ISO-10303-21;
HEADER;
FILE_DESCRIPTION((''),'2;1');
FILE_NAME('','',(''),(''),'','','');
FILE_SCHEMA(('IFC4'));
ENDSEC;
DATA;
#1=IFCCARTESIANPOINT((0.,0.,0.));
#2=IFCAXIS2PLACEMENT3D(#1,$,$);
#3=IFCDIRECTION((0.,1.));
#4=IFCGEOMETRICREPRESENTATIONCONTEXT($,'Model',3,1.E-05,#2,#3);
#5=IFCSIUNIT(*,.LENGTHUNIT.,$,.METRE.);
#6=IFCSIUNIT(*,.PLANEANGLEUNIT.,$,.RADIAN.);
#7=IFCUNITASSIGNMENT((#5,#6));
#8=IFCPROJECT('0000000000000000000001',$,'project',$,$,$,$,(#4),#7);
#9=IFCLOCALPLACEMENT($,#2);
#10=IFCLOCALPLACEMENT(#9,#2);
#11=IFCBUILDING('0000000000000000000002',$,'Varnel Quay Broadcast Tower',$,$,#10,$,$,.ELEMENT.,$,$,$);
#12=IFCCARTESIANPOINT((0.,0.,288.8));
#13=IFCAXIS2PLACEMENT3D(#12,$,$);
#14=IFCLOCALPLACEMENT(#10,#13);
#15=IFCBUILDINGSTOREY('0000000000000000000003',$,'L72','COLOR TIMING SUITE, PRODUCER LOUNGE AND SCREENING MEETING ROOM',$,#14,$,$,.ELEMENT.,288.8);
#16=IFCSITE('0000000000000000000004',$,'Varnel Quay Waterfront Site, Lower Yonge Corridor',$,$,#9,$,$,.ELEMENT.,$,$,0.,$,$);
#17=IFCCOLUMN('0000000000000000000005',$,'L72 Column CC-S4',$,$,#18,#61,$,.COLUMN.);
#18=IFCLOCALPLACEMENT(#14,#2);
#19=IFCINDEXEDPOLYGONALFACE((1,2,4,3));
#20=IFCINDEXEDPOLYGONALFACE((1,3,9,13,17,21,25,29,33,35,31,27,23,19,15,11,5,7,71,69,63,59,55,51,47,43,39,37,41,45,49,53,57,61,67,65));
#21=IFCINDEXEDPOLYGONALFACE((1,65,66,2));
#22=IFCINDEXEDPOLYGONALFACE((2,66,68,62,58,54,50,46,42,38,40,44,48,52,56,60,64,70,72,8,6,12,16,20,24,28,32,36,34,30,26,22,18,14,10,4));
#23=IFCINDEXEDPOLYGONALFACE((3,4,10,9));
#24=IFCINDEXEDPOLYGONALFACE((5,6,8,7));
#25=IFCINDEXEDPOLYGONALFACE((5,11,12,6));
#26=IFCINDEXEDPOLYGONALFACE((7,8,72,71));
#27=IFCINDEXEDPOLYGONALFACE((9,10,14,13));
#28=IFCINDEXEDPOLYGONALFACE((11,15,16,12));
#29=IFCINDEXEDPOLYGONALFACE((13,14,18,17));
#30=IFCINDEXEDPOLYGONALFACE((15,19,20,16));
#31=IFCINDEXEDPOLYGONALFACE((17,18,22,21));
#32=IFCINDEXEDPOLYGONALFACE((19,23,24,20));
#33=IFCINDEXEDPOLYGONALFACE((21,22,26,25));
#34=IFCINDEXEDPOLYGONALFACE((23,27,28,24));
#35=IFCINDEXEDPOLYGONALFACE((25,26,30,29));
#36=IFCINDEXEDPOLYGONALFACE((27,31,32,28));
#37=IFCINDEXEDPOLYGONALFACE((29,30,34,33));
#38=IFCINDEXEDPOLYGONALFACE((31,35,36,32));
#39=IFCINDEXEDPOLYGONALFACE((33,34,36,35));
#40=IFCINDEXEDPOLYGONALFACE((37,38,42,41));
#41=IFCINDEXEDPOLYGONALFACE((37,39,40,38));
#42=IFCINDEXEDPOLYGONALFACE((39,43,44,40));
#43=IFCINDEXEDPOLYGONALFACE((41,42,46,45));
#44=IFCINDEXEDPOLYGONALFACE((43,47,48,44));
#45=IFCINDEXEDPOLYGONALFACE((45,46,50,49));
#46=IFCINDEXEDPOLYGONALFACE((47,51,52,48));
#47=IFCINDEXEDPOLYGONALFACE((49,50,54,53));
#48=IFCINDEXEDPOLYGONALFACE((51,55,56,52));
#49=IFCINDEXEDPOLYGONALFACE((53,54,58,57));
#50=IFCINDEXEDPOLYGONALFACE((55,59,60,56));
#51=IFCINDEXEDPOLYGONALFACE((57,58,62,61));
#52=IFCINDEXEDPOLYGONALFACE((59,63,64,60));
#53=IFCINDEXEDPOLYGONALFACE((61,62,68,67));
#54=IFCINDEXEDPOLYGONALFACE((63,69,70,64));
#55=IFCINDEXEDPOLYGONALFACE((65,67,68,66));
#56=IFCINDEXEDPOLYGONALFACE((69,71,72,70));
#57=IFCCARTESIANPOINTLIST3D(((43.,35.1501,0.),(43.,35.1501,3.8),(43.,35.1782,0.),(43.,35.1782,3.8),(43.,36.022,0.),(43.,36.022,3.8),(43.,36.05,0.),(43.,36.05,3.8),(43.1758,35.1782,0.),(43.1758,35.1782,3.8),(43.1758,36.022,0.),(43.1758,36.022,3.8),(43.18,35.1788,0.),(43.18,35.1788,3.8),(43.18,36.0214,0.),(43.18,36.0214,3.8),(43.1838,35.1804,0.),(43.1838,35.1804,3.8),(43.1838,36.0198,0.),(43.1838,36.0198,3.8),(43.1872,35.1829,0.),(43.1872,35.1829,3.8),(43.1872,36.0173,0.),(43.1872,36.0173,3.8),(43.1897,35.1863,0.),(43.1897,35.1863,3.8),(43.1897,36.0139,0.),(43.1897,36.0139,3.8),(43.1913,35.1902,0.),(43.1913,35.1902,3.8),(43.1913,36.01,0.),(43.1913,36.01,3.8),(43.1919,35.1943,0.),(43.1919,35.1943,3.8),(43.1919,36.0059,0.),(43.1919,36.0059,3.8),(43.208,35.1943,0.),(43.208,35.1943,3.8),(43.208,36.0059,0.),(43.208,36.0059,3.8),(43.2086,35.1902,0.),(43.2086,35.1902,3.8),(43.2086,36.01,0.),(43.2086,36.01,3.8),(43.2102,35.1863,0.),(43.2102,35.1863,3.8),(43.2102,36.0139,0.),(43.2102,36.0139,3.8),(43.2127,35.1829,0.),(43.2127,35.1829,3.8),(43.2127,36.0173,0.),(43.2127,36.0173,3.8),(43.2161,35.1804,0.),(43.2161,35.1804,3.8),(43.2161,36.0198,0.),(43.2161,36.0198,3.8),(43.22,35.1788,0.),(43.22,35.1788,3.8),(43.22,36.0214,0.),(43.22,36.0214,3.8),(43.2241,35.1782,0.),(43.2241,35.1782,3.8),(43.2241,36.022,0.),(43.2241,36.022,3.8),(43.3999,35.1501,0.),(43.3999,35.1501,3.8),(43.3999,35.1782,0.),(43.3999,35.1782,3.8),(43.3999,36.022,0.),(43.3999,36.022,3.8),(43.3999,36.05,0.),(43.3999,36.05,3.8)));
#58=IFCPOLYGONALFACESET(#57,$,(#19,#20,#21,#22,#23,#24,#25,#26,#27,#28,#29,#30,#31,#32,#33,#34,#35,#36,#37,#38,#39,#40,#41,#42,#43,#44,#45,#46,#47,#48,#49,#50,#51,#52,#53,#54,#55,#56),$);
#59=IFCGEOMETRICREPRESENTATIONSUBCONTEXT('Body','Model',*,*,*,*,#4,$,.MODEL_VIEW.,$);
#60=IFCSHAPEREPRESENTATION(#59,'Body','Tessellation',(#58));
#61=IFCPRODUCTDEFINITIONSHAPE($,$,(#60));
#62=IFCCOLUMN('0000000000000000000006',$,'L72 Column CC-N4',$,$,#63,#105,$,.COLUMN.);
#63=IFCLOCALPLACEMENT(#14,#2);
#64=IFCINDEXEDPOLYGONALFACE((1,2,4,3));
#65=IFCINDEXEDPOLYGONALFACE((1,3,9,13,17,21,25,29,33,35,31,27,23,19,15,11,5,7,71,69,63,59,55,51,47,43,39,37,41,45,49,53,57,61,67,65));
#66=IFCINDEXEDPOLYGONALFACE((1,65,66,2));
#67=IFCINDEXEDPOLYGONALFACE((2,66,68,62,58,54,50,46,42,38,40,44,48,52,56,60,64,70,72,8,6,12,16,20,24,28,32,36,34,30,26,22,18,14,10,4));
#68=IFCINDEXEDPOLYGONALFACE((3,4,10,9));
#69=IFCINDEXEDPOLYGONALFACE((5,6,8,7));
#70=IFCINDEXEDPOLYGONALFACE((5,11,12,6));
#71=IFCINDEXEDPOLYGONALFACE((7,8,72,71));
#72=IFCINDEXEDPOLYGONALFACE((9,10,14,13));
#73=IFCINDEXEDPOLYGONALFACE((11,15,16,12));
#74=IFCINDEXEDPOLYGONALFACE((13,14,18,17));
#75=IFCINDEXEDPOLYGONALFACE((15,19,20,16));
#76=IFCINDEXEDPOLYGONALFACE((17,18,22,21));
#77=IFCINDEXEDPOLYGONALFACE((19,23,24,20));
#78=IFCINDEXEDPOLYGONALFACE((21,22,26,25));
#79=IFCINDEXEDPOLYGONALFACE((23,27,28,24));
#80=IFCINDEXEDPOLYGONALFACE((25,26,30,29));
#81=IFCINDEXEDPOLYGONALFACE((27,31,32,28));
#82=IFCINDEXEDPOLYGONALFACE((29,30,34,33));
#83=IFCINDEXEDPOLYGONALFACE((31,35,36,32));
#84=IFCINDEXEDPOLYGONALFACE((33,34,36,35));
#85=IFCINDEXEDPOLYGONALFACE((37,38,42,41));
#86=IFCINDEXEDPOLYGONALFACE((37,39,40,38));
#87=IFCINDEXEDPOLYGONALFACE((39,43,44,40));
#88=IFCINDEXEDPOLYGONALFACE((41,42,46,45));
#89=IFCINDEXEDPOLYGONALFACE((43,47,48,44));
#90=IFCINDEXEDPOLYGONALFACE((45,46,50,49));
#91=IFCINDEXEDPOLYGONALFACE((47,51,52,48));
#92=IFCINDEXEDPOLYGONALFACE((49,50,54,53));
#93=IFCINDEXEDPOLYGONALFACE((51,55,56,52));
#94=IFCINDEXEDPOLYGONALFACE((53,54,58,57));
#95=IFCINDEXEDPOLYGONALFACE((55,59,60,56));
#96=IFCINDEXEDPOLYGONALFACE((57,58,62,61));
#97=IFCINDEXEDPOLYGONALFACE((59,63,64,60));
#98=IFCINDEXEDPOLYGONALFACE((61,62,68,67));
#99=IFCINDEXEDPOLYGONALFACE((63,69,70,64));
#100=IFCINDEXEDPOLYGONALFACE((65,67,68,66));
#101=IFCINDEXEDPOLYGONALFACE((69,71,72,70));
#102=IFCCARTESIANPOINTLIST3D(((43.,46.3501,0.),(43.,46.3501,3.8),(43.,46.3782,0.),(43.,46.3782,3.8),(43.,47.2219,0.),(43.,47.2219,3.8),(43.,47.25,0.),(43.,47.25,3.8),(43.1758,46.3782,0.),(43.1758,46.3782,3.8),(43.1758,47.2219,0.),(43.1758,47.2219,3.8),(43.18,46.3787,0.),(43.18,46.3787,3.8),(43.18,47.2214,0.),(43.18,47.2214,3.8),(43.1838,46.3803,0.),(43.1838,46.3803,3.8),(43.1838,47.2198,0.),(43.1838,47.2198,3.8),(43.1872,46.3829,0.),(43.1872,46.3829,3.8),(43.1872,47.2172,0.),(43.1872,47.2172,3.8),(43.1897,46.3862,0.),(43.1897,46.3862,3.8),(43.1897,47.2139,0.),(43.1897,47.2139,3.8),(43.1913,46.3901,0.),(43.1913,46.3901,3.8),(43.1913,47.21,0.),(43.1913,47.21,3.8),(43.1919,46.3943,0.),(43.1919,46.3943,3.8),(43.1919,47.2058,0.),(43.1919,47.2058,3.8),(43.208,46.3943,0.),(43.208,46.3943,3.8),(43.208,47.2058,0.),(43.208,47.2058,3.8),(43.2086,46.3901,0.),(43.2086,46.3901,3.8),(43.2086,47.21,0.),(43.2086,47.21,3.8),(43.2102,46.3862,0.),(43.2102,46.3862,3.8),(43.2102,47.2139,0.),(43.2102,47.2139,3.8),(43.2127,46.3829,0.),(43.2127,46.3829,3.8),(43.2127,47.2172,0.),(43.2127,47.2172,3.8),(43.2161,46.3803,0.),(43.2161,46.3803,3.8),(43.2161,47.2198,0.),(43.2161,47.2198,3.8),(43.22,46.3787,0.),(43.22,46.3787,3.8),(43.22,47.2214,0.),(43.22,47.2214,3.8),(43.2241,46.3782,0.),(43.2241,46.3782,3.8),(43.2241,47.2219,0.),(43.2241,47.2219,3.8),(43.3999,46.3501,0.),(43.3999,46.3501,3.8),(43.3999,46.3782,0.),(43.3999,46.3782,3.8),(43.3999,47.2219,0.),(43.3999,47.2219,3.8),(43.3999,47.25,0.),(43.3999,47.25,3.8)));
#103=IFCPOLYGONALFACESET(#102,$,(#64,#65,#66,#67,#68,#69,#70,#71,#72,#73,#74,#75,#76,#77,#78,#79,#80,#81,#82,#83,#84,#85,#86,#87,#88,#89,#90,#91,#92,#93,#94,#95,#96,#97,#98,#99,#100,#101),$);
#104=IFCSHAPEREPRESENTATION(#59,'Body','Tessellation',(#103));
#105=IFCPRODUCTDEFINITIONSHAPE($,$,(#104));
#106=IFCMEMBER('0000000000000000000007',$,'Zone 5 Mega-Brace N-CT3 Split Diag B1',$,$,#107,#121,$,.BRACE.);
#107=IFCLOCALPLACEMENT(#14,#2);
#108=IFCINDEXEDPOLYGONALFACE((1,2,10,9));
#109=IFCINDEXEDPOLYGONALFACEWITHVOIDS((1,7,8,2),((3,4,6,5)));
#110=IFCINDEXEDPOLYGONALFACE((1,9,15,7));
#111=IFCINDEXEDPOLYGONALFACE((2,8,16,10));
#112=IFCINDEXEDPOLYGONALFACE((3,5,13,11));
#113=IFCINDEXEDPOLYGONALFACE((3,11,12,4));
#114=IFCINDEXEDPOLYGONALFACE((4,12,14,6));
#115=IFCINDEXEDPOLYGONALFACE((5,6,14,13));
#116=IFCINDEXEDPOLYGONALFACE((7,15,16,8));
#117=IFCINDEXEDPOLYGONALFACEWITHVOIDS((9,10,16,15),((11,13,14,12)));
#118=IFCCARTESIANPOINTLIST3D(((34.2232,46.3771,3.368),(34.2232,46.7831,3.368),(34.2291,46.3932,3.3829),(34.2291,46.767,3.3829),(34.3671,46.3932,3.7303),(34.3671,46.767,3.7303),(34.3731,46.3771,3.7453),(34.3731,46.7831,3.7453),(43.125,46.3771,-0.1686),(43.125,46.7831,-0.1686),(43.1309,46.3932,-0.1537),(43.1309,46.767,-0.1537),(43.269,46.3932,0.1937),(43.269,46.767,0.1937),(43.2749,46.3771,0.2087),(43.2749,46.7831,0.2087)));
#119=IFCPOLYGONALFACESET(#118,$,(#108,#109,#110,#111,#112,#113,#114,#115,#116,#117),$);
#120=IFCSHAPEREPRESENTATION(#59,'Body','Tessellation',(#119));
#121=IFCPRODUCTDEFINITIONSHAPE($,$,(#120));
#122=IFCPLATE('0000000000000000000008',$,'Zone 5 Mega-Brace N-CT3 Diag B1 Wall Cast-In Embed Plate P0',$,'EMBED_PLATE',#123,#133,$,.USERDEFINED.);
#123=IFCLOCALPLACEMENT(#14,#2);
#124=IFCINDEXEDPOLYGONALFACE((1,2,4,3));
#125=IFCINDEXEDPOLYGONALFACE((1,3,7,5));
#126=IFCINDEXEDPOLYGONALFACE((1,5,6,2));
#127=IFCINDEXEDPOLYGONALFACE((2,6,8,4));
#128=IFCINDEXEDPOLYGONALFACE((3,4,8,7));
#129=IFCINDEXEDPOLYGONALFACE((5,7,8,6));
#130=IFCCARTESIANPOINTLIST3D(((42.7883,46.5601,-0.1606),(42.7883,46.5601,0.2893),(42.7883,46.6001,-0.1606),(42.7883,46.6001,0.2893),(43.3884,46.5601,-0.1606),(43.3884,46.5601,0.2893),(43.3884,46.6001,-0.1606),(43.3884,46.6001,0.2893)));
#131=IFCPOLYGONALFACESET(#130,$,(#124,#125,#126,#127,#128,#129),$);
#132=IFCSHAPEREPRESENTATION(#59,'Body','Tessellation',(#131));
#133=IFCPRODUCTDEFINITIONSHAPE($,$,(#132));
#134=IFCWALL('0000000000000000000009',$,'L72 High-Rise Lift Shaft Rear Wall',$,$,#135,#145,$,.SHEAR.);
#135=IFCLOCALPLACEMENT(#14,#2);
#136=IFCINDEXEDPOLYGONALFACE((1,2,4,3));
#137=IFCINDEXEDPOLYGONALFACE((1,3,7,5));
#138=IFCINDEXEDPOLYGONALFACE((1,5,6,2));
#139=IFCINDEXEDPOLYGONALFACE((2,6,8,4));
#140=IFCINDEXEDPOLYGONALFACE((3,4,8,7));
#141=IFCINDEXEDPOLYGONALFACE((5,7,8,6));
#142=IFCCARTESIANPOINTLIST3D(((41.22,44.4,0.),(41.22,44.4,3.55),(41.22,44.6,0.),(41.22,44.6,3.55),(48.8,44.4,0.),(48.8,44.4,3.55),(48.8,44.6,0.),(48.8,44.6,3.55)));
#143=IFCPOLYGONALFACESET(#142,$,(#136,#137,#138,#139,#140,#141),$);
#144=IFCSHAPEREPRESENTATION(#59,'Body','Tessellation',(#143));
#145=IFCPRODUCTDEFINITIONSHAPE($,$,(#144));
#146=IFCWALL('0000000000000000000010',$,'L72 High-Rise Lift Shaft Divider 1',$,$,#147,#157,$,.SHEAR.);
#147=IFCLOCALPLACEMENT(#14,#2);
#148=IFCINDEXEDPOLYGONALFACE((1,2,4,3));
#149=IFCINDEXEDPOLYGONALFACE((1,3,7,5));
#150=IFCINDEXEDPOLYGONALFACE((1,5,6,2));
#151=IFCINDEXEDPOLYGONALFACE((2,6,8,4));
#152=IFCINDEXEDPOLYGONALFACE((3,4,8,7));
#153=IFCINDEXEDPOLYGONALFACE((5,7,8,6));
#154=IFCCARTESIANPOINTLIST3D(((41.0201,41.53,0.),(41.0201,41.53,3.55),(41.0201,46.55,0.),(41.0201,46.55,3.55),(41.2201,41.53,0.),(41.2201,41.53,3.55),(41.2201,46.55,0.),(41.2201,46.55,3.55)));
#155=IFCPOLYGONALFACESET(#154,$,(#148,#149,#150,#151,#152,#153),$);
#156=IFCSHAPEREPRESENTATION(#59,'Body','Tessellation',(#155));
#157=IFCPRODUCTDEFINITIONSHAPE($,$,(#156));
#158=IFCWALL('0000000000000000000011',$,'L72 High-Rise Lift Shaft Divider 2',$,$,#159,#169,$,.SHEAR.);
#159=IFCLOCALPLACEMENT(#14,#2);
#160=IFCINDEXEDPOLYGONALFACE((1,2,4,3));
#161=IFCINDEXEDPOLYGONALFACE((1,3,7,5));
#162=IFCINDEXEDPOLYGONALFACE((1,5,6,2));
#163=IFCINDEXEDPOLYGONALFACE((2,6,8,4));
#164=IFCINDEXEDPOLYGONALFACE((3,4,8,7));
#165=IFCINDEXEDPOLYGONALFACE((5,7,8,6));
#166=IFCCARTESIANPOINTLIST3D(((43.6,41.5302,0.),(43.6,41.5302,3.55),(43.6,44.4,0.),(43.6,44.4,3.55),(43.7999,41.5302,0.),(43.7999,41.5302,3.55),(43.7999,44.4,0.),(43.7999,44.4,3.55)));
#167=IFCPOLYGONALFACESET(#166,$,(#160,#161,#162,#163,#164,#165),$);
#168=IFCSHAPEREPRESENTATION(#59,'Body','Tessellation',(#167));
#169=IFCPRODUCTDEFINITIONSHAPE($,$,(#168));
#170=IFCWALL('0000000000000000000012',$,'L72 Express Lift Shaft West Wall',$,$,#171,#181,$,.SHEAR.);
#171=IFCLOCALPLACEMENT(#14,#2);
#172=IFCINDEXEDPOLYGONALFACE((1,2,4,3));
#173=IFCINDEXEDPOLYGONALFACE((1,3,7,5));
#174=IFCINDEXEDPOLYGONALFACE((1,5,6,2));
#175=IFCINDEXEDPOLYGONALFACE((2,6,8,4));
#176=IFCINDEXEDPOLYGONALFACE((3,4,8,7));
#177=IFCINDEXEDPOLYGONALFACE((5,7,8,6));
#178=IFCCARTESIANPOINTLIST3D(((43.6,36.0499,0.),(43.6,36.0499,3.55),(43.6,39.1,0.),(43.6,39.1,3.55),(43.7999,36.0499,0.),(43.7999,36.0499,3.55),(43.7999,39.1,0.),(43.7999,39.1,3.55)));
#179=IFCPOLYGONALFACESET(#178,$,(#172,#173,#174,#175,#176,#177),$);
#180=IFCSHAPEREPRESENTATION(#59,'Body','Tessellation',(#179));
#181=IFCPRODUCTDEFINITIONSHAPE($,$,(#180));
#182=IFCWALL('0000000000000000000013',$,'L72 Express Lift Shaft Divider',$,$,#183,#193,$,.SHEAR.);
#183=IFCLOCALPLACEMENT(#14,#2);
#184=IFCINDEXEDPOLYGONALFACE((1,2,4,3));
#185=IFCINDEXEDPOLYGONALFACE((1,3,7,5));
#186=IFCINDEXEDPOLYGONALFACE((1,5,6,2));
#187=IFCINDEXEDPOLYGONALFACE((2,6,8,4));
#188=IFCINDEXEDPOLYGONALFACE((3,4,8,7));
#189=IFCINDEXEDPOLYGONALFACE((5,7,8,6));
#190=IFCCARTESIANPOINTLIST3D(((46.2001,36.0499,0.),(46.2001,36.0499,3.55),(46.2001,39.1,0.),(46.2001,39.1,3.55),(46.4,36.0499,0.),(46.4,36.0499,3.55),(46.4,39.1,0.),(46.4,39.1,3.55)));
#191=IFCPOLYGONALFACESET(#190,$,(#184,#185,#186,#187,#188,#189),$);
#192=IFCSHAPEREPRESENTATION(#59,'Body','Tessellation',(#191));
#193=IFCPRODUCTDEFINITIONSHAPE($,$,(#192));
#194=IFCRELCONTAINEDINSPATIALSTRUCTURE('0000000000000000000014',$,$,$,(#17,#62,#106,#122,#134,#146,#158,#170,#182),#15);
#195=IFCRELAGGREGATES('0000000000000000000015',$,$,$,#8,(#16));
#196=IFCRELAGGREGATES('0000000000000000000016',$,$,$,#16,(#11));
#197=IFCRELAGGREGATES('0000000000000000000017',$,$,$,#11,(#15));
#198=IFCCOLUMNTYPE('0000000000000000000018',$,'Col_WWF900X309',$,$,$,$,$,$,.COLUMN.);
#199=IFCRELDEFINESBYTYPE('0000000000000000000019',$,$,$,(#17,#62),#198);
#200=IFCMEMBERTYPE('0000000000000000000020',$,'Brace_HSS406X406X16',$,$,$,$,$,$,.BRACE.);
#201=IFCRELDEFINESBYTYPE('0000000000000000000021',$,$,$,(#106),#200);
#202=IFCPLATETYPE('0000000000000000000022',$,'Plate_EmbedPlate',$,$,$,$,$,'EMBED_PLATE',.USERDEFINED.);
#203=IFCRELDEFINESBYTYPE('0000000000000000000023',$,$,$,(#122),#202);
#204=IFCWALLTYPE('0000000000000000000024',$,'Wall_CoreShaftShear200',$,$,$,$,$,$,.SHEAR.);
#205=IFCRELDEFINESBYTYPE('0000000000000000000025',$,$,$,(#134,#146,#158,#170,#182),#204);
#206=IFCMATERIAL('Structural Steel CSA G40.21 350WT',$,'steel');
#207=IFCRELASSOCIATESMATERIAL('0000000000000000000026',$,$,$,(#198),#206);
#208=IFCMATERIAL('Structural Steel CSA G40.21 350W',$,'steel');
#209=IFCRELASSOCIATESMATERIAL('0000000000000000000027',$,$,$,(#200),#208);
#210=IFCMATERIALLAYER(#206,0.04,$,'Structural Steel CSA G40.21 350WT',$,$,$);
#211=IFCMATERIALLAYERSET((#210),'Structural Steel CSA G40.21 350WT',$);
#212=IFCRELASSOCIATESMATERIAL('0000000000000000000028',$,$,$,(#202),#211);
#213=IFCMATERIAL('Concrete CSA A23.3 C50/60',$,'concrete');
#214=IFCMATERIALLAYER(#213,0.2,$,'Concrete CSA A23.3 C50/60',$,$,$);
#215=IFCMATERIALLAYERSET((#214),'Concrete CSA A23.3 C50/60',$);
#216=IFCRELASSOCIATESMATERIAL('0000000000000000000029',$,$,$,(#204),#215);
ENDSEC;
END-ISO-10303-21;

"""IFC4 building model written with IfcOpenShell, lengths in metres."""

from ifc_helpers import new_model, si_unit, direction, frame, frame_2d, origin, origin_2d, place, context, subcontext, project, spatial, rectangle, hollow_rectangle, i_section, extrude, source, transform, mapped, material, layer, layer_set, material_profile, profile_set, type_object, type_shapes, element, save


model = new_model("IFC4")

# Units and contexts
model_context = context("Model", 3, precision=1e-05, world=origin(), true_north=direction((0.0, 1.0)))
body_context = subcontext(model_context, "Body", "Model", "MODEL_VIEW")
ifc_project = project(units=[si_unit("LENGTHUNIT", "METRE"), si_unit("PLANEANGLEUNIT", "RADIAN")], contexts=[model_context])

# Site, building, storey
site_placement = place(None, origin())
site = spatial("IfcSite", under=ifc_project, at=site_placement, Name="Varnel Quay Waterfront Site, Lower Yonge Corridor", CompositionType="ELEMENT", RefElevation=0.0)
building_placement = place(site_placement, origin())
building = spatial("IfcBuilding", under=site, at=building_placement, Name="Varnel Quay Broadcast Tower", CompositionType="ELEMENT")
storey_placement = place(building_placement, frame((0.0, 0.0, 288.8)))
storey = spatial("IfcBuildingStorey", under=building, at=storey_placement, Name="L72", Description="COLOR TIMING SUITE, PRODUCER LOUNGE AND SCREENING MEETING ROOM", CompositionType="ELEMENT", Elevation=288.8)

# Columns
ifc_material_1 = material(Name="Structural Steel CSA G40.21 350WT", Category="steel")
ifc_material_profile_1 = material_profile(ifc_material_1, i_section(OverallWidth=0.3999, OverallDepth=0.8999, WebThickness=0.0161, FlangeThickness=0.0281, FilletRadius=0.0161, at=origin_2d()), Name="WWF900X309")
ifc_profile_set_1 = profile_set([ifc_material_profile_1], Name="Structural Steel CSA G40.21 350WT")
column_type = type_object("IfcColumnType", Name="Col_WWF900X309", PredefinedType="COLUMN", material=ifc_profile_set_1)
shared_shape_1 = source(origin(), body_context, "Body", "SweptSolid", [
    extrude(i_section(OverallWidth=0.3999, OverallDepth=0.8999, WebThickness=0.0161, FlangeThickness=0.0281, FilletRadius=0.0161, at=origin_2d()), origin(), (0.0, 0.0, 1.0), 3.8),
])
type_shapes(column_type, [shared_shape_1])
for number, where, z_axis, x_axis, name in (
    (1, (43.2, 35.6001, 0.0), (0.0, 0.0, 1.0), (1.0, 0.0, 0.0), "L72 Column CC-S4"),
    (2, (43.2, 46.8, 0.0), (0.0, 0.0, 1.0), (1.0, 0.0, 0.0), "L72 Column CC-N4"),
):
    element("IfcColumn", number, at=place(storey_placement, frame(where, z_axis=z_axis, x_axis=x_axis)), inside=storey, type_object=column_type, Name=name, PredefinedType="COLUMN", context=body_context, shape_type="MappedRepresentation", body=[
        mapped(shared_shape_1, transform((0.0, 0.0, 0.0), x_axis=(1.0, 0.0, 0.0), y_axis=(0.0, 1.0, 0.0), z_axis=(0.0, 0.0, 1.0), scale=1.0)),
    ])

# Member
ifc_material_2 = material(Name="Structural Steel CSA G40.21 350W", Category="steel")
ifc_material_profile_2 = material_profile(ifc_material_2, hollow_rectangle(XDim=0.406, YDim=0.406, WallThickness=0.0161, at=origin_2d()), Name="HSS406X406X16")
ifc_profile_set_2 = profile_set([ifc_material_profile_2], Name="Structural Steel CSA G40.21 350W")
member_type = type_object("IfcMemberType", Name="Brace_HSS406X406X16", PredefinedType="BRACE", material=ifc_profile_set_2)
shared_shape_2 = source(origin(), body_context, "Body", "SweptSolid", [
    extrude(hollow_rectangle(XDim=0.406, YDim=0.406, WallThickness=0.0161, at=origin_2d()), origin(), (0.0, 0.0, 1.0), 9.5786),
])
type_shapes(member_type, [shared_shape_2])
member_placement = place(storey_placement, frame((43.2, 46.5801, 0.02), z_axis=(-0.929343, 0.0, 0.369219), x_axis=(0.0, -1.0, 0.0)))
element("IfcMember", 3, at=member_placement, inside=storey, type_object=member_type, Name="Zone 5 Mega-Brace N-CT3 Split Diag B1", PredefinedType="BRACE", context=body_context, shape_type="MappedRepresentation", body=[
    mapped(shared_shape_2, transform((0.0, 0.0, 0.0), x_axis=(1.0, 0.0, 0.0), y_axis=(0.0, 1.0, 0.0), z_axis=(0.0, 0.0, 1.0), scale=1.0)),
])

# Plate
ifc_layer_1 = layer(ifc_material_1, 0.04, Name="Structural Steel CSA G40.21 350WT")
ifc_layer_set_1 = layer_set([ifc_layer_1], Name="Structural Steel CSA G40.21 350WT")
plate_type = type_object("IfcPlateType", Name="Plate_EmbedPlate", ElementType="EMBED_PLATE", PredefinedType="USERDEFINED", material=ifc_layer_set_1)
shared_shape_3 = source(origin(), body_context, "Body", "SweptSolid", [
    extrude(rectangle(XDim=0.6001, YDim=0.04, at=origin_2d()), origin(), (0.0, 0.0, 1.0), 0.45),
])
type_shapes(plate_type, [shared_shape_3])
plate_placement = place(storey_placement, frame((43.0884, 46.5801, -0.1606), z_axis=(0.0, 0.0, 1.0), x_axis=(1.0, 0.0, 0.0)))
element("IfcPlate", 4, at=plate_placement, inside=storey, type_object=plate_type, Name="Zone 5 Mega-Brace N-CT3 Diag B1 Wall Cast-In Embed Plate P0", ObjectType="EMBED_PLATE", PredefinedType="USERDEFINED", context=body_context, shape_type="MappedRepresentation", body=[
    mapped(shared_shape_3, transform((0.0, 0.0, 0.0), x_axis=(1.0, 0.0, 0.0), y_axis=(0.0, 1.0, 0.0), z_axis=(0.0, 0.0, 1.0), scale=1.0)),
])

# Walls
ifc_material_3 = material(Name="Concrete CSA A23.3 C50/60", Category="concrete")
ifc_layer_2 = layer(ifc_material_3, 0.2, Name="Concrete CSA A23.3 C50/60")
ifc_layer_set_2 = layer_set([ifc_layer_2], Name="Concrete CSA A23.3 C50/60")
wall_type_1 = type_object("IfcWallType", Name="Wall_CoreShaftShear200", PredefinedType="SHEAR", material=ifc_layer_set_2)
wall_1_placement = place(storey_placement, frame((41.22, 44.5, 0.0), z_axis=(0.0, 0.0, 1.0), x_axis=(1.0, 0.0, 0.0)))
element("IfcWall", 5, at=wall_1_placement, inside=storey, type_object=wall_type_1, Name="L72 High-Rise Lift Shaft Rear Wall", PredefinedType="SHEAR", context=body_context, shape_type="SweptSolid", body=[
    extrude(rectangle(XDim=7.5801, YDim=0.2, at=frame_2d((3.79, 0.0))), origin(), (0.0, 0.0, 1.0), 3.55),
])
wall_2_placement = place(storey_placement, frame((41.1201, 41.53, 0.0), z_axis=(0.0, 0.0, 1.0), x_axis=(0.0, 1.0, 0.0)))
element("IfcWall", 6, at=wall_2_placement, inside=storey, type_object=wall_type_1, Name="L72 High-Rise Lift Shaft Divider 1", PredefinedType="SHEAR", context=body_context, shape_type="SweptSolid", body=[
    extrude(rectangle(XDim=5.02, YDim=0.2, at=frame_2d((2.51, 0.0))), origin(), (0.0, 0.0, 1.0), 3.55),
])
wall_3_placement = place(storey_placement, frame((43.7, 41.53, 0.0), z_axis=(0.0, 0.0, 1.0), x_axis=(0.0, 1.0, 0.0)))
element("IfcWall", 7, at=wall_3_placement, inside=storey, type_object=wall_type_1, Name="L72 High-Rise Lift Shaft Divider 2", PredefinedType="SHEAR", context=body_context, shape_type="SweptSolid", body=[
    extrude(rectangle(XDim=2.8699, YDim=0.2, at=frame_2d((1.4351, 0.0))), origin(), (0.0, 0.0, 1.0), 3.55),
])
for number, where, z_axis, x_axis, name in (
    (8, (43.7, 36.05, 0.0), (0.0, 0.0, 1.0), (0.0, 1.0, 0.0), "L72 Express Lift Shaft West Wall"),
    (9, (46.3, 36.05, 0.0), (0.0, 0.0, 1.0), (0.0, 1.0, 0.0), "L72 Express Lift Shaft Divider"),
):
    element("IfcWall", number, at=place(storey_placement, frame(where, z_axis=z_axis, x_axis=x_axis)), inside=storey, type_object=wall_type_1, Name=name, PredefinedType="SHEAR", context=body_context, shape_type="SweptSolid", body=[
        extrude(rectangle(XDim=3.05, YDim=0.2, at=frame_2d((1.5249, 0.0))), origin(), (0.0, 0.0, 1.0), 3.55),
    ])

save(model, "model.ifc")
